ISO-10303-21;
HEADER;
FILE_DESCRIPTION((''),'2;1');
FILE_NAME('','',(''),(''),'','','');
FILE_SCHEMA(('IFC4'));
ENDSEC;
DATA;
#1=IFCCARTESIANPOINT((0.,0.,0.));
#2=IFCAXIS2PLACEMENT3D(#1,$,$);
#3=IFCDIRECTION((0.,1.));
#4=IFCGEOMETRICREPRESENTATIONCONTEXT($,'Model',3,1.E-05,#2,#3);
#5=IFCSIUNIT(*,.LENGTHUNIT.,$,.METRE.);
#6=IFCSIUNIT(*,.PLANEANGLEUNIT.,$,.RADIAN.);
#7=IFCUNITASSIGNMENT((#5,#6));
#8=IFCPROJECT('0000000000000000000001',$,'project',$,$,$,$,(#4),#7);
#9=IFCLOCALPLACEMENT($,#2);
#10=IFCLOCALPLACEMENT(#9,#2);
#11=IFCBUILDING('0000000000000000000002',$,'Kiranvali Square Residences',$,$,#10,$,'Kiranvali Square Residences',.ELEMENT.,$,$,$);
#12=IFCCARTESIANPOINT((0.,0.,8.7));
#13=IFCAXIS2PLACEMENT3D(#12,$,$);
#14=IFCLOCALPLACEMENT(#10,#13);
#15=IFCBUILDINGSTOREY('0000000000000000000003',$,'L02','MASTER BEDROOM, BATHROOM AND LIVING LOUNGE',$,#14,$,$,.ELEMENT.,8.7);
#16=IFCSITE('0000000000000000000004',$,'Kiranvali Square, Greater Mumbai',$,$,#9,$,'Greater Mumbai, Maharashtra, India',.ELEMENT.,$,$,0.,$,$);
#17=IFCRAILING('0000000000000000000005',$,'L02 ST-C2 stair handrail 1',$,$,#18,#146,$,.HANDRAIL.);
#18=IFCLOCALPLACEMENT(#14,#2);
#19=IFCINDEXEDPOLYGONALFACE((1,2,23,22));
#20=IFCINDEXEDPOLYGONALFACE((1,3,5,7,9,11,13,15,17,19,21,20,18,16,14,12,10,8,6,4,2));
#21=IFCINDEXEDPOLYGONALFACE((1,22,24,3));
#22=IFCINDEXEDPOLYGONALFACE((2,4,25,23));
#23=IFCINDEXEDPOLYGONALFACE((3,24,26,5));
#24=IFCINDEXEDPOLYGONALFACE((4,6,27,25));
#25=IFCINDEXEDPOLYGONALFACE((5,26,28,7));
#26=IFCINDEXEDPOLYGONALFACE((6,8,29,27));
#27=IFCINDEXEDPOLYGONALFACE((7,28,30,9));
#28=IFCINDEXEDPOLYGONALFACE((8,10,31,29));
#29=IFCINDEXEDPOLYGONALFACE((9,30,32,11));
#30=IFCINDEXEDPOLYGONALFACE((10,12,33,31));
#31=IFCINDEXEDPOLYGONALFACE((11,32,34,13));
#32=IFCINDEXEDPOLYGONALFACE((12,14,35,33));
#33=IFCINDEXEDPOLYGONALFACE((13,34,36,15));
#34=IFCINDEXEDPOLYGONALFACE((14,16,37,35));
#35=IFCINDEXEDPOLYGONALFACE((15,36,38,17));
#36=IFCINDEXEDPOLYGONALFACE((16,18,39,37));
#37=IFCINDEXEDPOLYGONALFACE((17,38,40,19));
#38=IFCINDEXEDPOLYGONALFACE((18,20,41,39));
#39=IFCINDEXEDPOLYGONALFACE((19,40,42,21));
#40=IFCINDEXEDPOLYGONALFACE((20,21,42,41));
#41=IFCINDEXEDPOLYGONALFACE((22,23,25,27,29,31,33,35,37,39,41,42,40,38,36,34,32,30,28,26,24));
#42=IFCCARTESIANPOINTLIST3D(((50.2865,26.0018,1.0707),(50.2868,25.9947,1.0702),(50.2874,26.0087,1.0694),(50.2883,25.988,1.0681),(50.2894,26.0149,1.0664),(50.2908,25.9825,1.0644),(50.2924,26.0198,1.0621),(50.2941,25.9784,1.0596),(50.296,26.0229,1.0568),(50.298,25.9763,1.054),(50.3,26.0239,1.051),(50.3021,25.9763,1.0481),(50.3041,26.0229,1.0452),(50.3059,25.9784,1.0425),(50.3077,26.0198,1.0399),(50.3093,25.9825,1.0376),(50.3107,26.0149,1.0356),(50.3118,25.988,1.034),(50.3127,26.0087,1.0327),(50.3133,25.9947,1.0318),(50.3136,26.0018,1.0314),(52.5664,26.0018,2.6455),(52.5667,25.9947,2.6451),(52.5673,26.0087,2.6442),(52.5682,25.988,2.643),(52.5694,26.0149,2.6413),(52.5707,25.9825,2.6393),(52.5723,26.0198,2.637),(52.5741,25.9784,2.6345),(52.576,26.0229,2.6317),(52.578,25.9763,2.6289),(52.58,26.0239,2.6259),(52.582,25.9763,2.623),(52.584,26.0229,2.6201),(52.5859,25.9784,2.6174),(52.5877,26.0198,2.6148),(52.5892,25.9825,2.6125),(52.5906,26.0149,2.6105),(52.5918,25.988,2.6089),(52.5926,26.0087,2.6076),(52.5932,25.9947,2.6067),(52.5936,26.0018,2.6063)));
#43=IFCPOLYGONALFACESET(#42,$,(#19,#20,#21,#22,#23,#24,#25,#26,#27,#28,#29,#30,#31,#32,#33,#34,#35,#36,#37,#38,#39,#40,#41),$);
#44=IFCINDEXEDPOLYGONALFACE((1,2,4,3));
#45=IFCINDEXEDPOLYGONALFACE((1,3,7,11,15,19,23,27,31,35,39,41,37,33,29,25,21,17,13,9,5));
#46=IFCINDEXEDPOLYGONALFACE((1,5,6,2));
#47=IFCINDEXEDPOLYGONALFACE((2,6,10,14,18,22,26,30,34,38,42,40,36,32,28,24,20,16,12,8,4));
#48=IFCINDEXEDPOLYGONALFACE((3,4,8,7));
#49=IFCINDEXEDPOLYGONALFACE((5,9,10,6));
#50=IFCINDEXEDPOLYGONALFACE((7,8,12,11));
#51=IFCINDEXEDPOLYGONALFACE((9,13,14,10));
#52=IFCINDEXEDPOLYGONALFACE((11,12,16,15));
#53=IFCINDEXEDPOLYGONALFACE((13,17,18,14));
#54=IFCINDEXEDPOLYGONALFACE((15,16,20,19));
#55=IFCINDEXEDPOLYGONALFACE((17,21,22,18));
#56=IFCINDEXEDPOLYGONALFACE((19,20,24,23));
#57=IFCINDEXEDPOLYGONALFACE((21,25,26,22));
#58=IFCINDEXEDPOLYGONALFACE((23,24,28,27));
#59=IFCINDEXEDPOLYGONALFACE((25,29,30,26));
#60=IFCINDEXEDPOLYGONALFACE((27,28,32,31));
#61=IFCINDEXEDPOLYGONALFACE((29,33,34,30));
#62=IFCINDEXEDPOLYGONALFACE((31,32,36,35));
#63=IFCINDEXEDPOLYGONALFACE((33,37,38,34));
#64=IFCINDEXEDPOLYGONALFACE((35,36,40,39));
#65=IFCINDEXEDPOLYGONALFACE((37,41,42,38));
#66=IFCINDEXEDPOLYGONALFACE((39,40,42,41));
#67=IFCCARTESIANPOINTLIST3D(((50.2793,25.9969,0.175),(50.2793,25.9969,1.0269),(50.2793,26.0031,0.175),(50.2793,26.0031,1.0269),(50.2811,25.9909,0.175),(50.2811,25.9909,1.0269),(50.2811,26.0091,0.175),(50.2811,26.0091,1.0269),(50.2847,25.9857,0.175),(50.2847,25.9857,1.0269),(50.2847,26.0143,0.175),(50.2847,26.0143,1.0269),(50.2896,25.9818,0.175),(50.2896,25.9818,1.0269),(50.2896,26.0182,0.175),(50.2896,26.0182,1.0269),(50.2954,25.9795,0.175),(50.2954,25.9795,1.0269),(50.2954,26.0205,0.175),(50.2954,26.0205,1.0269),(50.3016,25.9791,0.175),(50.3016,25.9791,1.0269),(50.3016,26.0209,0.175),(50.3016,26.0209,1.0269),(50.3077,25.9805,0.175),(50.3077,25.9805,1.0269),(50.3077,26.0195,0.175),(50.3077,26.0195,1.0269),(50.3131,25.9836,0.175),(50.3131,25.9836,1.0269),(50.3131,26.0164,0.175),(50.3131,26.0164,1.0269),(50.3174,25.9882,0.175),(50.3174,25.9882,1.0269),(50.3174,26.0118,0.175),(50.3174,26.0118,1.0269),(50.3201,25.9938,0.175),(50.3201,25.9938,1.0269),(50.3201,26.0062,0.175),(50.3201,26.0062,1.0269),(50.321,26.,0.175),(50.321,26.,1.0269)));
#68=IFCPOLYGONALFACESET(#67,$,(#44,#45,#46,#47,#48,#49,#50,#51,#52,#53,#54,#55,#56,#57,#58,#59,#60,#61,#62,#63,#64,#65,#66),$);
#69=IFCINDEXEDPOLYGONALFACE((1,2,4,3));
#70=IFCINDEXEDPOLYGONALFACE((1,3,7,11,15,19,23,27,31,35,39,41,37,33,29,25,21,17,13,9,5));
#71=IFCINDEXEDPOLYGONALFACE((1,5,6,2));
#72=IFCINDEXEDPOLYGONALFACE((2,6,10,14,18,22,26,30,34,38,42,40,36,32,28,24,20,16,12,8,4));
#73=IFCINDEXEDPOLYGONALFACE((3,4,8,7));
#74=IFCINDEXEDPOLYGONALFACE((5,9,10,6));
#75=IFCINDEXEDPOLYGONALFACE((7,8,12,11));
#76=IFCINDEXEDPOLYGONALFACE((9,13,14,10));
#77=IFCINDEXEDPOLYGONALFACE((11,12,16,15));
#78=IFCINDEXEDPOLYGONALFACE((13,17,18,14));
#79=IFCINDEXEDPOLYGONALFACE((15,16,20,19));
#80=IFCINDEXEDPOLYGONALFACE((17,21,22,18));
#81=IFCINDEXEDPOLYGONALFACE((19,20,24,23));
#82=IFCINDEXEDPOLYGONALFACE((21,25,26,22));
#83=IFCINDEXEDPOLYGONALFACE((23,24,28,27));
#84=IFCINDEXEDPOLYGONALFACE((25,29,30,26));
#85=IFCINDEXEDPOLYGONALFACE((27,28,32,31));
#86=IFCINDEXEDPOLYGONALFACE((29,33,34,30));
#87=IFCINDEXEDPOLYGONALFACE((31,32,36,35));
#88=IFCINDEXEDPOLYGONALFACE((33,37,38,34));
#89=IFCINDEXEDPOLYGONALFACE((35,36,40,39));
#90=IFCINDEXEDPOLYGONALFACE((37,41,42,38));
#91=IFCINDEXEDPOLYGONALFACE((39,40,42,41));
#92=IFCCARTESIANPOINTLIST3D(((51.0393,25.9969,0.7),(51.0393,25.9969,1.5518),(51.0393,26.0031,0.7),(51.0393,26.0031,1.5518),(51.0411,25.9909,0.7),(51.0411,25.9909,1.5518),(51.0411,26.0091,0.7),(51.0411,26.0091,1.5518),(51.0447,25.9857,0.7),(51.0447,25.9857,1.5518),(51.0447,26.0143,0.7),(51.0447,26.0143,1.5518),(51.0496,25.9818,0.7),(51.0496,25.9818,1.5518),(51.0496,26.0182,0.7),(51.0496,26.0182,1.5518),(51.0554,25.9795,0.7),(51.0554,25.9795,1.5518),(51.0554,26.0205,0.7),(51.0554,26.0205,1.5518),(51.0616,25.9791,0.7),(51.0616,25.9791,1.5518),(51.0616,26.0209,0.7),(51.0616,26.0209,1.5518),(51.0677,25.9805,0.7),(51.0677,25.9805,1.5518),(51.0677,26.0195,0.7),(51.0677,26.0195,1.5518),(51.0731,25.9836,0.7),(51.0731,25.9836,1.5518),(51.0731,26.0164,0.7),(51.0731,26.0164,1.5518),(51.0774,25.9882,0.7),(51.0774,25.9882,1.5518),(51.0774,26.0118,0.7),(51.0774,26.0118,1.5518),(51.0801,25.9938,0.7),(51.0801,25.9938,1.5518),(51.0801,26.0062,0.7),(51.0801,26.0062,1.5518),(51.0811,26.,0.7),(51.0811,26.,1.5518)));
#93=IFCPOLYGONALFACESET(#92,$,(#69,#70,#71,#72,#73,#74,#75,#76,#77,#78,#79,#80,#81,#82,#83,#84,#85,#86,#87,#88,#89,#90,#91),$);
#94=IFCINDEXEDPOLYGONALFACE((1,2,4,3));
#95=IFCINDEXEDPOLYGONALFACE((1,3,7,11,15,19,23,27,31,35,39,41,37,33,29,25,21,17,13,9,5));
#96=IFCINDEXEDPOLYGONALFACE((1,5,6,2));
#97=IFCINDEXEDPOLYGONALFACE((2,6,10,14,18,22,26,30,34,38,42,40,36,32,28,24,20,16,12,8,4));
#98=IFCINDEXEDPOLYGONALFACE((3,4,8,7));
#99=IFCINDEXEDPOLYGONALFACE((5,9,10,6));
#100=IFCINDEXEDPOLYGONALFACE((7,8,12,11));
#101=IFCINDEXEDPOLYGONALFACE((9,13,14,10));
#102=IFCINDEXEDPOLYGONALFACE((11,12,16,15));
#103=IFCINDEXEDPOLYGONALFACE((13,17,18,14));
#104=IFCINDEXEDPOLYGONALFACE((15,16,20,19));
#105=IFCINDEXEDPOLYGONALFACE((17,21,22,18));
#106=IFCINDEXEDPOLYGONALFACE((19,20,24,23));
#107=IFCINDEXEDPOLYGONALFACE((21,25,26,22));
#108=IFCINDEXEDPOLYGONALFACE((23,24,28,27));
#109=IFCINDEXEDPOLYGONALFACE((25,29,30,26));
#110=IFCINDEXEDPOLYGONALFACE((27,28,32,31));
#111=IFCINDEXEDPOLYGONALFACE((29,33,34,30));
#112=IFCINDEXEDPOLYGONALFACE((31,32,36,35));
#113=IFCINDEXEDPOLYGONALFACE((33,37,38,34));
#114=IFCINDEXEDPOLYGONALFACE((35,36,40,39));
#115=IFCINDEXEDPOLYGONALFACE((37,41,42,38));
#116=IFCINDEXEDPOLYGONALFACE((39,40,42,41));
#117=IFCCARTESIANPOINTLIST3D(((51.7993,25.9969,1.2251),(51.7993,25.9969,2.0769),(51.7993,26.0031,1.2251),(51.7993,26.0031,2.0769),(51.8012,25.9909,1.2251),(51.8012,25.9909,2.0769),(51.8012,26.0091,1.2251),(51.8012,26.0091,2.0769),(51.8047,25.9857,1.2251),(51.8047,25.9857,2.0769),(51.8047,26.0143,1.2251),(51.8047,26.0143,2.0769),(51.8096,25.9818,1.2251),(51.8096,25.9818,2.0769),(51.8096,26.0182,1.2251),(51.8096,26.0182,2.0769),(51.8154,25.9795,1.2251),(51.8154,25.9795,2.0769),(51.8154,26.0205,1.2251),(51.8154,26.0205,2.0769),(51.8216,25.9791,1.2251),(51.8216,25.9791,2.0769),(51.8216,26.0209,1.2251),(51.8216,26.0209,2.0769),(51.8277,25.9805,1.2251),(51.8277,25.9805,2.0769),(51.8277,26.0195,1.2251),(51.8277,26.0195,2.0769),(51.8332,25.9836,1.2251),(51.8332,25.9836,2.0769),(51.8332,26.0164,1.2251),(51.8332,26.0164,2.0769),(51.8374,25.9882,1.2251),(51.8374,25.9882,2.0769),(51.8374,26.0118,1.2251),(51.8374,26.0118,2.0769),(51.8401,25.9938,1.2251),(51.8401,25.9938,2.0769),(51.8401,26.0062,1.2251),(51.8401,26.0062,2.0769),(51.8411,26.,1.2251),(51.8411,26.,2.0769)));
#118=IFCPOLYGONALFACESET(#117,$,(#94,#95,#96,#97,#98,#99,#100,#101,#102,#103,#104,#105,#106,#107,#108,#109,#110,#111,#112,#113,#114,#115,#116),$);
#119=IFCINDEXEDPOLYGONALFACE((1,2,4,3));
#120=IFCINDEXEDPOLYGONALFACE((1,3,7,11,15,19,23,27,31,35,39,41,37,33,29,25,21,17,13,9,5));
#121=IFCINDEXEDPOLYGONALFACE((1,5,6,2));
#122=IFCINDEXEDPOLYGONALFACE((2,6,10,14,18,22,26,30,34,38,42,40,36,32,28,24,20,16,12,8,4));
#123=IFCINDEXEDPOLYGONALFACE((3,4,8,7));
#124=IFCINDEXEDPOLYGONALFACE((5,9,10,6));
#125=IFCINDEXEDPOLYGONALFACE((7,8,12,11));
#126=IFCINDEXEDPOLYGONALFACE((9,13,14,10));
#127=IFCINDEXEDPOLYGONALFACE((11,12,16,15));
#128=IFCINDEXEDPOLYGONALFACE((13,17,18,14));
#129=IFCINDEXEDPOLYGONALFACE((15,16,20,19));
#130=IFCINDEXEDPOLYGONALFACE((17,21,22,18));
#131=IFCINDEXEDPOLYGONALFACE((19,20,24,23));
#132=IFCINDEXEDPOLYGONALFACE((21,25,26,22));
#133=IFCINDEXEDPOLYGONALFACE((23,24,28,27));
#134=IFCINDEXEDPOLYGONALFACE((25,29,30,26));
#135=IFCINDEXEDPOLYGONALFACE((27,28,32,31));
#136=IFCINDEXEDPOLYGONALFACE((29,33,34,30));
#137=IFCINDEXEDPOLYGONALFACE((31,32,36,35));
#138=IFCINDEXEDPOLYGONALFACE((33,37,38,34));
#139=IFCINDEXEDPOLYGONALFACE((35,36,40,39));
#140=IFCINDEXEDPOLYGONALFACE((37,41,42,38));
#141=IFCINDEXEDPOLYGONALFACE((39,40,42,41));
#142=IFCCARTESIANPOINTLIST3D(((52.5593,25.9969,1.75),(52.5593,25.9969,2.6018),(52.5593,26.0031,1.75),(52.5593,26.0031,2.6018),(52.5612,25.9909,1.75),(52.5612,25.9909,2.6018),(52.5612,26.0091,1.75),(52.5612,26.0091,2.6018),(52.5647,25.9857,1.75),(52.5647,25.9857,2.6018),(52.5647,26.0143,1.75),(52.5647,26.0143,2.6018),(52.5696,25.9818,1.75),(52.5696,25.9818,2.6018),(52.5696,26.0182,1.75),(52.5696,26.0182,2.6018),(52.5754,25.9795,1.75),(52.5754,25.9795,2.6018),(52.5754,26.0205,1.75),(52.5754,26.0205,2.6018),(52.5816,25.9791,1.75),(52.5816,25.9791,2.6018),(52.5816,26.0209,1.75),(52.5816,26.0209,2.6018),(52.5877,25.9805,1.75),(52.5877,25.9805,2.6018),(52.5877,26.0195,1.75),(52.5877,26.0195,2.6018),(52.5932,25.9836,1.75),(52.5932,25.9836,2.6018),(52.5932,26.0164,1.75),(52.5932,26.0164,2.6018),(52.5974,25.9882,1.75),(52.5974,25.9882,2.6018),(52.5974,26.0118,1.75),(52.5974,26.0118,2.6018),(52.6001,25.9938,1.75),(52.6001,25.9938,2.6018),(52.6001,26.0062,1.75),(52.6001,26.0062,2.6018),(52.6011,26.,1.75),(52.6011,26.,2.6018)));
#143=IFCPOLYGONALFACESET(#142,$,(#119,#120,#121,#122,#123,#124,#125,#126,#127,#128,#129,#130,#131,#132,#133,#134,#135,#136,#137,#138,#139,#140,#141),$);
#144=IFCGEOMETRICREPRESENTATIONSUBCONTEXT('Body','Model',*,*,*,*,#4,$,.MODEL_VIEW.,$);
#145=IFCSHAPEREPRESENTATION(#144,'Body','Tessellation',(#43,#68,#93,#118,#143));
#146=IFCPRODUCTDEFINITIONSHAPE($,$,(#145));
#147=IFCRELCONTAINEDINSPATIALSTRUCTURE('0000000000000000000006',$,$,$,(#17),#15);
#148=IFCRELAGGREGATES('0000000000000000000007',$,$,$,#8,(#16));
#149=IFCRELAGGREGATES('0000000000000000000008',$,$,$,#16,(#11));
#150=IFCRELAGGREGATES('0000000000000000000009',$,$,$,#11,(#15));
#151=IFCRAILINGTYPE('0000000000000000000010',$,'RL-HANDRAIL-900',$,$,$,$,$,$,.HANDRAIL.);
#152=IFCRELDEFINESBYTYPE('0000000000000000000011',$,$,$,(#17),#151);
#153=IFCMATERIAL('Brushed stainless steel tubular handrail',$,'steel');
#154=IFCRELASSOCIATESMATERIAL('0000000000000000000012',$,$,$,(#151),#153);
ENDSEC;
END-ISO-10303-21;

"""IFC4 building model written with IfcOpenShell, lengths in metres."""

from ifc_helpers import new_model, si_unit, direction, frame, origin, origin_2d, place, context, subcontext, project, spatial, circle, extrude, material, type_object, element, save


model = new_model("IFC4")

# Units and contexts
model_context = context("Model", 3, precision=1e-05, world=origin(), true_north=direction((0.0, 1.0)))
body_context = subcontext(model_context, "Body", "Model", "MODEL_VIEW")
ifc_project = project(units=[si_unit("LENGTHUNIT", "METRE"), si_unit("PLANEANGLEUNIT", "RADIAN")], contexts=[model_context])

# Site, building, storey
site_placement = place(None, origin())
site = spatial("IfcSite", under=ifc_project, at=site_placement, Name="Kiranvali Square, Greater Mumbai", LongName="Greater Mumbai, Maharashtra, India", CompositionType="ELEMENT", RefElevation=0.0)
building_placement = place(site_placement, origin())
building = spatial("IfcBuilding", under=site, at=building_placement, Name="Kiranvali Square Residences", LongName="Kiranvali Square Residences", CompositionType="ELEMENT")
storey_placement = place(building_placement, frame((0.0, 0.0, 8.7)))
storey = spatial("IfcBuildingStorey", under=building, at=storey_placement, Name="L02", Description="MASTER BEDROOM, BATHROOM AND LIVING LOUNGE", CompositionType="ELEMENT", Elevation=8.7)

# Railing
ifc_material_1 = material(Name="Brushed stainless steel tubular handrail", Category="steel")
railing_type = type_object("IfcRailingType", Name="RL-HANDRAIL-900", PredefinedType="HANDRAIL", material=ifc_material_1)
railing_placement = place(storey_placement, frame((50.3, 26.0, 0.175)))
element("IfcRailing", 1, at=railing_placement, inside=storey, type_object=railing_type, Name="L02 ST-C2 stair handrail 1", PredefinedType="HANDRAIL", context=body_context, shape_type="SweptSolid", body=[
    extrude(circle(Radius=0.0239, at=origin_2d()), frame((0.0, 0.0, 0.876), z_axis=(0.822788, 0.0, 0.568348), x_axis=(0.0, 1.0, 0.0)), (0.0, 0.0, 1.0), 2.771),
    extrude(circle(Radius=0.021, at=origin_2d()), origin(), (0.0, 0.0, 1.0), 0.8518),
    extrude(circle(Radius=0.021, at=origin_2d()), frame((0.76, 0.0, 0.5249)), (0.0, 0.0, 1.0), 0.8518),
    extrude(circle(Radius=0.021, at=origin_2d()), frame((1.52, 0.0, 1.05)), (0.0, 0.0, 1.0), 0.8518),
    extrude(circle(Radius=0.021, at=origin_2d()), frame((2.28, 0.0, 1.575)), (0.0, 0.0, 1.0), 0.8518),
])

save(model, "model.ifc")
